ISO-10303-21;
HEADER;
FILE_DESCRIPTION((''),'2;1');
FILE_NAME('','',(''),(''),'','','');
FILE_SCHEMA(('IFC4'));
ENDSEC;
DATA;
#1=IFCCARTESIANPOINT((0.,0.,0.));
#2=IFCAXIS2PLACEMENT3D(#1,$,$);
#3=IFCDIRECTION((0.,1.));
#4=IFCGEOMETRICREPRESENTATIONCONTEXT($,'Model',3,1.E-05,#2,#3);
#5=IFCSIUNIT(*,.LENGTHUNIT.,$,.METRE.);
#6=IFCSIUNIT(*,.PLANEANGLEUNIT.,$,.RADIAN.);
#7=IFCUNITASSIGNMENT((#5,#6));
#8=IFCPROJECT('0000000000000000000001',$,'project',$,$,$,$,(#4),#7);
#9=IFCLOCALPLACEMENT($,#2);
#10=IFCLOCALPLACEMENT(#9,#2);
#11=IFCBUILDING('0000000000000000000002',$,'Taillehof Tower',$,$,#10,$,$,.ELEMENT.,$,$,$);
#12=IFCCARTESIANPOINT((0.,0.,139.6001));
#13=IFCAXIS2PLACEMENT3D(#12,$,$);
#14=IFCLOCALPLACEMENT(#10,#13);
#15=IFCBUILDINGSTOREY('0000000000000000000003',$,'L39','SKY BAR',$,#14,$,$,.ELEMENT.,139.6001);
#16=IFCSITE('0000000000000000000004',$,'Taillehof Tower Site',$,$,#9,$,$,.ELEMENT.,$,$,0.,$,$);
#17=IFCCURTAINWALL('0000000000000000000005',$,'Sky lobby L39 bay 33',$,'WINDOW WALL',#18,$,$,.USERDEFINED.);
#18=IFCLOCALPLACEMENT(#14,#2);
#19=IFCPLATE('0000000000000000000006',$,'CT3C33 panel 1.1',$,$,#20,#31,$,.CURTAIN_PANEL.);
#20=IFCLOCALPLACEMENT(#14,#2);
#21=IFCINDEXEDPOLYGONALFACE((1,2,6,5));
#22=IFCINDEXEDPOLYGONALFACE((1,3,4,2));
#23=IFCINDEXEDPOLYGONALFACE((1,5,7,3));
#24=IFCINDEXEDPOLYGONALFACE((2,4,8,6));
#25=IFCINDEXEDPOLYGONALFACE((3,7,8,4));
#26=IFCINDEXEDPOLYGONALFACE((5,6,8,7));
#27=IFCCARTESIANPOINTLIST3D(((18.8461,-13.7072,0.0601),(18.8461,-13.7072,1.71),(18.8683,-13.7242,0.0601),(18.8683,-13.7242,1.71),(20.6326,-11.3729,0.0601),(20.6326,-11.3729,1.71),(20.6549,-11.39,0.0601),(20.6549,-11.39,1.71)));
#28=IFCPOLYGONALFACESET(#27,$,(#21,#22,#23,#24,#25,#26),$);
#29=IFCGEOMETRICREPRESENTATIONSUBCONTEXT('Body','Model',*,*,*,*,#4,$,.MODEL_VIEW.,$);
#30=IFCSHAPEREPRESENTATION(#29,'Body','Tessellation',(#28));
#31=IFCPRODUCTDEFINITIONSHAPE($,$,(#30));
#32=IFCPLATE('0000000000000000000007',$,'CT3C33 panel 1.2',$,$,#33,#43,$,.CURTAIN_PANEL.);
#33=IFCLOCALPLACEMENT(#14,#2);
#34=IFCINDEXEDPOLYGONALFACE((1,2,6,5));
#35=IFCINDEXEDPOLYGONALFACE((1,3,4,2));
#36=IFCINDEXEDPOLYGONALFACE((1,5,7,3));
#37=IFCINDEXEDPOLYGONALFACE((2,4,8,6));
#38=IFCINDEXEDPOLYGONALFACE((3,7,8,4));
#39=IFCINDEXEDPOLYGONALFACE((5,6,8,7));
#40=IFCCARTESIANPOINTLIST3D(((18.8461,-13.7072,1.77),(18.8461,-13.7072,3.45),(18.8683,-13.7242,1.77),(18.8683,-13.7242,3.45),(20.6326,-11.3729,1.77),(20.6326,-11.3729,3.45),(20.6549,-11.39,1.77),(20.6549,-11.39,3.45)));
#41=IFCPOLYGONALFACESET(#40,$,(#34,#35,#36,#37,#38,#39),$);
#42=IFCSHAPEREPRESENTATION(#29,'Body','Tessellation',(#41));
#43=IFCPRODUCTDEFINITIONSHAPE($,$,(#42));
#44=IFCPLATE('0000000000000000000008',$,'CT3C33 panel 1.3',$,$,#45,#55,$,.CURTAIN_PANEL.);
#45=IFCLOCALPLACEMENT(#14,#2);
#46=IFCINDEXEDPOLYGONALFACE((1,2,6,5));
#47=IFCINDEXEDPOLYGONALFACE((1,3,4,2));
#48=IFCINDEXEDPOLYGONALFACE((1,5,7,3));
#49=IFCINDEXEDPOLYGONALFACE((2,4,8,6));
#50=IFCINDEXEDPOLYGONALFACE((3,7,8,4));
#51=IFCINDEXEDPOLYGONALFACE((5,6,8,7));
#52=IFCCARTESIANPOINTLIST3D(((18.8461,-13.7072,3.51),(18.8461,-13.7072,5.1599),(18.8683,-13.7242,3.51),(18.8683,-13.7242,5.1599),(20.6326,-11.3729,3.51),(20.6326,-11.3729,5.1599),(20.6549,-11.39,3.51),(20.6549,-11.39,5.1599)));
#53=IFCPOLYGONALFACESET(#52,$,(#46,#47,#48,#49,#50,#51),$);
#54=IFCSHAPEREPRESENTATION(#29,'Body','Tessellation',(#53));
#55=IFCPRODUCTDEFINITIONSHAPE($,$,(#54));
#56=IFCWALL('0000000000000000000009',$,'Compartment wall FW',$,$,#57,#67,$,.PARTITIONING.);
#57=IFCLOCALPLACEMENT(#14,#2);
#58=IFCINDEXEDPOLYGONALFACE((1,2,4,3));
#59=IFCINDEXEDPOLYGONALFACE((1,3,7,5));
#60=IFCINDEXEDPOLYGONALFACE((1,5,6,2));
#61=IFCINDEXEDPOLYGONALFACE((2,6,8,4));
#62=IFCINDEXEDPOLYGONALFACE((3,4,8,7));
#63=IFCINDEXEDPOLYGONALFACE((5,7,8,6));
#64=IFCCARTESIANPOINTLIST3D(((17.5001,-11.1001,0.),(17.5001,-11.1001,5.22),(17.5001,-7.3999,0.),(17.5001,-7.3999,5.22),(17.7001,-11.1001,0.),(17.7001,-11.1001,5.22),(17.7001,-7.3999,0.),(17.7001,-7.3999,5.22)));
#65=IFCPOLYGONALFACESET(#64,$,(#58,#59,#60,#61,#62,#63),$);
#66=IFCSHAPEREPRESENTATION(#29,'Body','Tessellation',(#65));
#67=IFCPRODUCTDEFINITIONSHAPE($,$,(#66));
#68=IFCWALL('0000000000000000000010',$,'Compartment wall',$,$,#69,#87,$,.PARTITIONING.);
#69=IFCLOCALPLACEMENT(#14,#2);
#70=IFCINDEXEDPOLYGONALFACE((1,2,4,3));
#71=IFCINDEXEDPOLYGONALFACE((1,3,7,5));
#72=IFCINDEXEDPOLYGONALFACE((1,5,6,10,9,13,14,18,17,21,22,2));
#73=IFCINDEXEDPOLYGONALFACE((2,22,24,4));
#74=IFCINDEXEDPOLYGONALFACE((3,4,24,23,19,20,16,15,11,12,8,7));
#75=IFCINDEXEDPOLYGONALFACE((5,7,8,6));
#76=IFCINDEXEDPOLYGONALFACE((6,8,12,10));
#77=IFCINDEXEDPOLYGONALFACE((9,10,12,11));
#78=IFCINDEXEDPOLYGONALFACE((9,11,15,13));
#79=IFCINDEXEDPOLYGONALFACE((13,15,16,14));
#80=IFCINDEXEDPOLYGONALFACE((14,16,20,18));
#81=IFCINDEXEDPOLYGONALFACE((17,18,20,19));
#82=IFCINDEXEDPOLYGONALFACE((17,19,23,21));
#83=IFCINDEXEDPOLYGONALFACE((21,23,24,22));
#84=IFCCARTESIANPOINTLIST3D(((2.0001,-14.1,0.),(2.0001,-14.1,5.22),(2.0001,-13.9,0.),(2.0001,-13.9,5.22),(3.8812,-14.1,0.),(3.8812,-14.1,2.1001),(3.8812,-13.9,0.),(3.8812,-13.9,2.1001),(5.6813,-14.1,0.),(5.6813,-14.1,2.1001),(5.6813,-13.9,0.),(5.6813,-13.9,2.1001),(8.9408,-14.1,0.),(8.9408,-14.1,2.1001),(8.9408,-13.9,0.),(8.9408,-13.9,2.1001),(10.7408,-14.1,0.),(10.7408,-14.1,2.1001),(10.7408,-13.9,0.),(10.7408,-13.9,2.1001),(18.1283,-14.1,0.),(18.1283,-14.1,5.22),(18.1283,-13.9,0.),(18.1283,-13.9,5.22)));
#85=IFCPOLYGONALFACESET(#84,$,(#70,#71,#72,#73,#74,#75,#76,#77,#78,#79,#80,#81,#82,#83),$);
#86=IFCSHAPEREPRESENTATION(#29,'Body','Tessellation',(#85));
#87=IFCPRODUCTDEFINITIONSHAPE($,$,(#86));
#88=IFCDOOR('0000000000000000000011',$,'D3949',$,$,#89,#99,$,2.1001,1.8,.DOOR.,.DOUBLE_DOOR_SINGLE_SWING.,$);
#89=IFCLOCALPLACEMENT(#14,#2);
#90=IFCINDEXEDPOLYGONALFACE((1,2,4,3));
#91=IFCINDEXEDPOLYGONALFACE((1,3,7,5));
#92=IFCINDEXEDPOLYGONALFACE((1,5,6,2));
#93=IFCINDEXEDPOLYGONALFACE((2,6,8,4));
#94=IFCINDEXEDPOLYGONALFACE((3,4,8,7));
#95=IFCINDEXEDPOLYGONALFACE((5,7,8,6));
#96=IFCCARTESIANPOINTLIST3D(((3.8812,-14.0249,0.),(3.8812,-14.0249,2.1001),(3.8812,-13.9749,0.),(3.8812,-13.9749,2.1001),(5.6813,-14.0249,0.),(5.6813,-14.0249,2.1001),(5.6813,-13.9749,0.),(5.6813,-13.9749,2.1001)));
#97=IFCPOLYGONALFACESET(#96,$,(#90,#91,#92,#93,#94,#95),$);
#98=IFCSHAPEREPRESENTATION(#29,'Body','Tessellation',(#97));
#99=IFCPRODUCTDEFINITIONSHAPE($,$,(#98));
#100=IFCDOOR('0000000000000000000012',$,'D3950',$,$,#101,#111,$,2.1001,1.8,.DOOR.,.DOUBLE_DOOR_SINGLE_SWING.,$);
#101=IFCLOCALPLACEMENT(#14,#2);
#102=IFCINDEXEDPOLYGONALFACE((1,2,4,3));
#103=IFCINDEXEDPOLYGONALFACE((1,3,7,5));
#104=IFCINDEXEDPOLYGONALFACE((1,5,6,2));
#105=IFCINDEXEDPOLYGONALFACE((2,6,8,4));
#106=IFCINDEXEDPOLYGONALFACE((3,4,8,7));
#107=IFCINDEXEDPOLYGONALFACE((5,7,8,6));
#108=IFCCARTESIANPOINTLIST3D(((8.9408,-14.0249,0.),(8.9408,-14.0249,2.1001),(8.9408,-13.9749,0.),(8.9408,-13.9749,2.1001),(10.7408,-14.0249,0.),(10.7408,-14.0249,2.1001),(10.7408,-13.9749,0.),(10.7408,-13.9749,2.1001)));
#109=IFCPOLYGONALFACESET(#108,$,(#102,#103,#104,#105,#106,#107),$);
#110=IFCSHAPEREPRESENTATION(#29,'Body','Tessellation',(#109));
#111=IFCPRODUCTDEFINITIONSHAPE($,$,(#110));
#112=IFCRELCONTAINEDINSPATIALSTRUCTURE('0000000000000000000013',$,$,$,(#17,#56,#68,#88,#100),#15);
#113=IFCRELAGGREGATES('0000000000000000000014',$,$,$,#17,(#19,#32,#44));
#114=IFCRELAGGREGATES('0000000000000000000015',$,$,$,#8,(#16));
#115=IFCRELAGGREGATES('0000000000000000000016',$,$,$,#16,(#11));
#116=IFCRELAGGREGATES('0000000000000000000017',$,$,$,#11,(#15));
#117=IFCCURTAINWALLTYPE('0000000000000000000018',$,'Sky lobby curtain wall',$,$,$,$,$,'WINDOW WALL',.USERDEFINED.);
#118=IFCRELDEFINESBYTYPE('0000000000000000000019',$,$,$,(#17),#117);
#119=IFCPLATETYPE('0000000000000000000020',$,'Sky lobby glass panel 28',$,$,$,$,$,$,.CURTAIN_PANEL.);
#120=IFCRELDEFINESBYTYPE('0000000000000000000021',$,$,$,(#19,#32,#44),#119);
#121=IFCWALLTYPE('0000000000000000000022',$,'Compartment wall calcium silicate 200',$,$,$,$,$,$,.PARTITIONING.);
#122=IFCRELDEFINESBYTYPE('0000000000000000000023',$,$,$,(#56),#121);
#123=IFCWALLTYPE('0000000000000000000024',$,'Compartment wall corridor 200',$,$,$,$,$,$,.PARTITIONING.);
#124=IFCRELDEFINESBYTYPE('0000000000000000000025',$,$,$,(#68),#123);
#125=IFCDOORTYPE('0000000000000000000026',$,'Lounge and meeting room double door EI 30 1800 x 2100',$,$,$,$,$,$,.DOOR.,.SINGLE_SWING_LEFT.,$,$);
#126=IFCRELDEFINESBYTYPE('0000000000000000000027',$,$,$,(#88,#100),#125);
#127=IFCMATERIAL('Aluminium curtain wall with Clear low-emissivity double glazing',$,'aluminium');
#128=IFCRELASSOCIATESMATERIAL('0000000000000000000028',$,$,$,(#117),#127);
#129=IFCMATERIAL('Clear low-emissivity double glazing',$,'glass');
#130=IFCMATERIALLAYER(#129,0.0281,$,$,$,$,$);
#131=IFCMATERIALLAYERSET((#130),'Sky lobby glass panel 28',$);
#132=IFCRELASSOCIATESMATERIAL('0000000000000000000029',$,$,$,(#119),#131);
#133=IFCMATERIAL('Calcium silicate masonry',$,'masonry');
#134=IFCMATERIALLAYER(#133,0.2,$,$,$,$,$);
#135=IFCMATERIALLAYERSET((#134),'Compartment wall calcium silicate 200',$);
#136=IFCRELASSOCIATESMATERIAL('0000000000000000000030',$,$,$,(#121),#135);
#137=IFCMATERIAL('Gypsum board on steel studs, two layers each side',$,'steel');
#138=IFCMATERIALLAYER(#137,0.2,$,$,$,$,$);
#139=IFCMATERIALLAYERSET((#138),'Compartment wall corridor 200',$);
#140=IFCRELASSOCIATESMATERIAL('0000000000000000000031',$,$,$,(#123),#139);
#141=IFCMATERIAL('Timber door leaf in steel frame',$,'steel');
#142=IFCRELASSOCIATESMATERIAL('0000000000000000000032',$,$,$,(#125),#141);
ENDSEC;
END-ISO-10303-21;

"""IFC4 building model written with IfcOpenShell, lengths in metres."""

from ifc_helpers import new_model, si_unit, direction, frame, frame_2d, origin, origin_2d, place, context, subcontext, project, spatial, rectangle, extrude, material, layer, layer_set, type_object, element, fill, aggregate, save


model = new_model("IFC4")

# Units and contexts
model_context = context("Model", 3, precision=1e-05, world=origin(), true_north=direction((0.0, 1.0)))
body_context = subcontext(model_context, "Body", "Model", "MODEL_VIEW")
ifc_project = project(units=[si_unit("LENGTHUNIT", "METRE"), si_unit("PLANEANGLEUNIT", "RADIAN")], contexts=[model_context])

# Site, building, storey
site_placement = place(None, origin())
site = spatial("IfcSite", under=ifc_project, at=site_placement, Name="Taillehof Tower Site", CompositionType="ELEMENT", RefElevation=0.0)
building_placement = place(site_placement, origin())
building = spatial("IfcBuilding", under=site, at=building_placement, Name="Taillehof Tower", CompositionType="ELEMENT")
storey_placement = place(building_placement, frame((0.0, 0.0, 139.6001)))
storey = spatial("IfcBuildingStorey", under=building, at=storey_placement, Name="L39", Description="SKY BAR", CompositionType="ELEMENT", Elevation=139.6001)

# Shared definitions
ifc_material_1 = material(Name="Aluminium curtain wall with Clear low-emissivity double glazing", Category="aluminium")
curtain_wall_type = type_object("IfcCurtainWallType", Name="Sky lobby curtain wall", ElementType="WINDOW WALL", PredefinedType="USERDEFINED", material=ifc_material_1)

# Curtain wall
curtain_wall_1_placement = place(storey_placement, origin())
curtain_wall_1 = element("IfcCurtainWall", 1, at=curtain_wall_1_placement, inside=storey, type_object=curtain_wall_type, Name="Sky lobby L39 bay 33", ObjectType="WINDOW WALL", PredefinedType="USERDEFINED")

# Plates
ifc_material_2 = material(Name="Clear low-emissivity double glazing", Category="glass")
ifc_layer_1 = layer(ifc_material_2, 0.0281)
ifc_layer_set_1 = layer_set([ifc_layer_1], Name="Sky lobby glass panel 28")
plate_type = type_object("IfcPlateType", Name="Sky lobby glass panel 28", PredefinedType="CURTAIN_PANEL", material=ifc_layer_set_1)
plate_1_placement = place(storey_placement, frame((19.7505, -12.5486, 0.0601), z_axis=(0.0, 0.0, 1.0), x_axis=(0.607791, 0.794097, 0.0)))
plate_1 = element("IfcPlate", 2, at=plate_1_placement, type_object=plate_type, Name="CT3C33 panel 1.1", PredefinedType="CURTAIN_PANEL", context=body_context, shape_type="SweptSolid", body=[
    extrude(rectangle(XDim=2.9395, YDim=0.0281, at=origin_2d()), origin(), (0.0, 0.0, 1.0), 1.6499),
])
plate_2_placement = place(storey_placement, frame((19.7505, -12.5486, 1.77), z_axis=(0.0, 0.0, 1.0), x_axis=(0.607791, 0.794097, 0.0)))
plate_2 = element("IfcPlate", 3, at=plate_2_placement, type_object=plate_type, Name="CT3C33 panel 1.2", PredefinedType="CURTAIN_PANEL", context=body_context, shape_type="SweptSolid", body=[
    extrude(rectangle(XDim=2.9395, YDim=0.0281, at=origin_2d()), origin(), (0.0, 0.0, 1.0), 1.6799),
])
plate_3_placement = place(storey_placement, frame((19.7505, -12.5486, 3.51), z_axis=(0.0, 0.0, 1.0), x_axis=(0.607791, 0.794097, 0.0)))
plate_3 = element("IfcPlate", 4, at=plate_3_placement, type_object=plate_type, Name="CT3C33 panel 1.3", PredefinedType="CURTAIN_PANEL", context=body_context, shape_type="SweptSolid", body=[
    extrude(rectangle(XDim=2.9395, YDim=0.0281, at=origin_2d()), origin(), (0.0, 0.0, 1.0), 1.6499),
])
aggregate(curtain_wall_1, [plate_1, plate_2, plate_3])

# Wall
ifc_material_3 = material(Name="Calcium silicate masonry", Category="masonry")
ifc_layer_2 = layer(ifc_material_3, 0.2)
ifc_layer_set_2 = layer_set([ifc_layer_2], Name="Compartment wall calcium silicate 200")
wall_type_1 = type_object("IfcWallType", Name="Compartment wall calcium silicate 200", PredefinedType="PARTITIONING", material=ifc_layer_set_2)
wall_1_placement = place(storey_placement, frame((17.6001, -11.1001, 0.0), z_axis=(0.0, 0.0, 1.0), x_axis=(0.0, 1.0, 0.0)))
element("IfcWall", 5, at=wall_1_placement, inside=storey, type_object=wall_type_1, Name="Compartment wall FW", PredefinedType="PARTITIONING", context=body_context, shape_type="SweptSolid", body=[
    extrude(rectangle(XDim=3.7002, YDim=0.2, at=frame_2d((1.8501, 0.0))), origin(), (0.0, 0.0, 1.0), 5.22),
])

# Wall, openings, doors
ifc_material_4 = material(Name="Gypsum board on steel studs, two layers each side", Category="steel")
ifc_layer_3 = layer(ifc_material_4, 0.2)
ifc_layer_set_3 = layer_set([ifc_layer_3], Name="Compartment wall corridor 200")
wall_type_2 = type_object("IfcWallType", Name="Compartment wall corridor 200", PredefinedType="PARTITIONING", material=ifc_layer_set_3)
wall_2_placement = place(storey_placement, frame((18.1282, -14.0, 0.0), z_axis=(0.0, 0.0, 1.0), x_axis=(-1.0, 0.0, 0.0)))
wall_2 = element("IfcWall", 6, at=wall_2_placement, inside=storey, type_object=wall_type_2, Name="Compartment wall", PredefinedType="PARTITIONING", context=body_context, shape_type="SweptSolid", body=[
    extrude(rectangle(XDim=16.1282, YDim=0.2, at=frame_2d((8.064, 0.0))), origin(), (0.0, 0.0, 1.0), 5.22),
])
opening_1_placement = place(wall_2_placement, frame((12.447, 0.0, 0.0)))
opening_1 = element("IfcOpeningElement", 7, at=opening_1_placement, cuts=wall_2, PredefinedType="OPENING", context=body_context, shape_type="SweptSolid", body=[
    extrude(rectangle(XDim=1.8, YDim=2.1001, at=frame_2d((0.8999, 1.05))), frame((0.0, 0.1099, 0.0), z_axis=(0.0, -1.0, 0.0), x_axis=(1.0, 0.0, 0.0)), (0.0, 0.0, 1.0), 0.22),
])
opening_2_placement = place(wall_2_placement, frame((7.3875, 0.0, 0.0)))
opening_2 = element("IfcOpeningElement", 8, at=opening_2_placement, cuts=wall_2, PredefinedType="OPENING", context=body_context, shape_type="SweptSolid", body=[
    extrude(rectangle(XDim=1.8, YDim=2.1001, at=frame_2d((0.8999, 1.05))), frame((0.0, 0.1099, 0.0), z_axis=(0.0, -1.0, 0.0), x_axis=(1.0, 0.0, 0.0)), (0.0, 0.0, 1.0), 0.22),
])
ifc_material_5 = material(Name="Timber door leaf in steel frame", Category="steel")
door_type_1 = type_object("IfcDoorType", Name="Lounge and meeting room double door EI 30 1800 x 2100", OperationType="SINGLE_SWING_LEFT", PredefinedType="DOOR", material=ifc_material_5)
door_1_placement = place(opening_1_placement, origin())
door_1 = element("IfcDoor", 9, at=door_1_placement, inside=storey, type_object=door_type_1, Name="D3949", OperationType="DOUBLE_DOOR_SINGLE_SWING", OverallHeight=2.1001, OverallWidth=1.8, PredefinedType="DOOR", context=body_context, shape_type="SweptSolid", body=[
    extrude(rectangle(XDim=1.8, YDim=2.1001, at=frame_2d((0.8999, 1.05))), frame((0.0, 0.0249, 0.0), z_axis=(0.0, -1.0, 0.0), x_axis=(1.0, 0.0, 0.0)), (0.0, 0.0, 1.0), 0.05),
])
fill(opening_1, door_1)
door_2_placement = place(opening_2_placement, origin())
door_2 = element("IfcDoor", 10, at=door_2_placement, inside=storey, type_object=door_type_1, Name="D3950", OperationType="DOUBLE_DOOR_SINGLE_SWING", OverallHeight=2.1001, OverallWidth=1.8, PredefinedType="DOOR", context=body_context, shape_type="SweptSolid", body=[
    extrude(rectangle(XDim=1.8, YDim=2.1001, at=frame_2d((0.8999, 1.05))), frame((0.0, 0.0249, 0.0), z_axis=(0.0, -1.0, 0.0), x_axis=(1.0, 0.0, 0.0)), (0.0, 0.0, 1.0), 0.05),
])
fill(opening_2, door_2)

save(model, "model.ifc")
